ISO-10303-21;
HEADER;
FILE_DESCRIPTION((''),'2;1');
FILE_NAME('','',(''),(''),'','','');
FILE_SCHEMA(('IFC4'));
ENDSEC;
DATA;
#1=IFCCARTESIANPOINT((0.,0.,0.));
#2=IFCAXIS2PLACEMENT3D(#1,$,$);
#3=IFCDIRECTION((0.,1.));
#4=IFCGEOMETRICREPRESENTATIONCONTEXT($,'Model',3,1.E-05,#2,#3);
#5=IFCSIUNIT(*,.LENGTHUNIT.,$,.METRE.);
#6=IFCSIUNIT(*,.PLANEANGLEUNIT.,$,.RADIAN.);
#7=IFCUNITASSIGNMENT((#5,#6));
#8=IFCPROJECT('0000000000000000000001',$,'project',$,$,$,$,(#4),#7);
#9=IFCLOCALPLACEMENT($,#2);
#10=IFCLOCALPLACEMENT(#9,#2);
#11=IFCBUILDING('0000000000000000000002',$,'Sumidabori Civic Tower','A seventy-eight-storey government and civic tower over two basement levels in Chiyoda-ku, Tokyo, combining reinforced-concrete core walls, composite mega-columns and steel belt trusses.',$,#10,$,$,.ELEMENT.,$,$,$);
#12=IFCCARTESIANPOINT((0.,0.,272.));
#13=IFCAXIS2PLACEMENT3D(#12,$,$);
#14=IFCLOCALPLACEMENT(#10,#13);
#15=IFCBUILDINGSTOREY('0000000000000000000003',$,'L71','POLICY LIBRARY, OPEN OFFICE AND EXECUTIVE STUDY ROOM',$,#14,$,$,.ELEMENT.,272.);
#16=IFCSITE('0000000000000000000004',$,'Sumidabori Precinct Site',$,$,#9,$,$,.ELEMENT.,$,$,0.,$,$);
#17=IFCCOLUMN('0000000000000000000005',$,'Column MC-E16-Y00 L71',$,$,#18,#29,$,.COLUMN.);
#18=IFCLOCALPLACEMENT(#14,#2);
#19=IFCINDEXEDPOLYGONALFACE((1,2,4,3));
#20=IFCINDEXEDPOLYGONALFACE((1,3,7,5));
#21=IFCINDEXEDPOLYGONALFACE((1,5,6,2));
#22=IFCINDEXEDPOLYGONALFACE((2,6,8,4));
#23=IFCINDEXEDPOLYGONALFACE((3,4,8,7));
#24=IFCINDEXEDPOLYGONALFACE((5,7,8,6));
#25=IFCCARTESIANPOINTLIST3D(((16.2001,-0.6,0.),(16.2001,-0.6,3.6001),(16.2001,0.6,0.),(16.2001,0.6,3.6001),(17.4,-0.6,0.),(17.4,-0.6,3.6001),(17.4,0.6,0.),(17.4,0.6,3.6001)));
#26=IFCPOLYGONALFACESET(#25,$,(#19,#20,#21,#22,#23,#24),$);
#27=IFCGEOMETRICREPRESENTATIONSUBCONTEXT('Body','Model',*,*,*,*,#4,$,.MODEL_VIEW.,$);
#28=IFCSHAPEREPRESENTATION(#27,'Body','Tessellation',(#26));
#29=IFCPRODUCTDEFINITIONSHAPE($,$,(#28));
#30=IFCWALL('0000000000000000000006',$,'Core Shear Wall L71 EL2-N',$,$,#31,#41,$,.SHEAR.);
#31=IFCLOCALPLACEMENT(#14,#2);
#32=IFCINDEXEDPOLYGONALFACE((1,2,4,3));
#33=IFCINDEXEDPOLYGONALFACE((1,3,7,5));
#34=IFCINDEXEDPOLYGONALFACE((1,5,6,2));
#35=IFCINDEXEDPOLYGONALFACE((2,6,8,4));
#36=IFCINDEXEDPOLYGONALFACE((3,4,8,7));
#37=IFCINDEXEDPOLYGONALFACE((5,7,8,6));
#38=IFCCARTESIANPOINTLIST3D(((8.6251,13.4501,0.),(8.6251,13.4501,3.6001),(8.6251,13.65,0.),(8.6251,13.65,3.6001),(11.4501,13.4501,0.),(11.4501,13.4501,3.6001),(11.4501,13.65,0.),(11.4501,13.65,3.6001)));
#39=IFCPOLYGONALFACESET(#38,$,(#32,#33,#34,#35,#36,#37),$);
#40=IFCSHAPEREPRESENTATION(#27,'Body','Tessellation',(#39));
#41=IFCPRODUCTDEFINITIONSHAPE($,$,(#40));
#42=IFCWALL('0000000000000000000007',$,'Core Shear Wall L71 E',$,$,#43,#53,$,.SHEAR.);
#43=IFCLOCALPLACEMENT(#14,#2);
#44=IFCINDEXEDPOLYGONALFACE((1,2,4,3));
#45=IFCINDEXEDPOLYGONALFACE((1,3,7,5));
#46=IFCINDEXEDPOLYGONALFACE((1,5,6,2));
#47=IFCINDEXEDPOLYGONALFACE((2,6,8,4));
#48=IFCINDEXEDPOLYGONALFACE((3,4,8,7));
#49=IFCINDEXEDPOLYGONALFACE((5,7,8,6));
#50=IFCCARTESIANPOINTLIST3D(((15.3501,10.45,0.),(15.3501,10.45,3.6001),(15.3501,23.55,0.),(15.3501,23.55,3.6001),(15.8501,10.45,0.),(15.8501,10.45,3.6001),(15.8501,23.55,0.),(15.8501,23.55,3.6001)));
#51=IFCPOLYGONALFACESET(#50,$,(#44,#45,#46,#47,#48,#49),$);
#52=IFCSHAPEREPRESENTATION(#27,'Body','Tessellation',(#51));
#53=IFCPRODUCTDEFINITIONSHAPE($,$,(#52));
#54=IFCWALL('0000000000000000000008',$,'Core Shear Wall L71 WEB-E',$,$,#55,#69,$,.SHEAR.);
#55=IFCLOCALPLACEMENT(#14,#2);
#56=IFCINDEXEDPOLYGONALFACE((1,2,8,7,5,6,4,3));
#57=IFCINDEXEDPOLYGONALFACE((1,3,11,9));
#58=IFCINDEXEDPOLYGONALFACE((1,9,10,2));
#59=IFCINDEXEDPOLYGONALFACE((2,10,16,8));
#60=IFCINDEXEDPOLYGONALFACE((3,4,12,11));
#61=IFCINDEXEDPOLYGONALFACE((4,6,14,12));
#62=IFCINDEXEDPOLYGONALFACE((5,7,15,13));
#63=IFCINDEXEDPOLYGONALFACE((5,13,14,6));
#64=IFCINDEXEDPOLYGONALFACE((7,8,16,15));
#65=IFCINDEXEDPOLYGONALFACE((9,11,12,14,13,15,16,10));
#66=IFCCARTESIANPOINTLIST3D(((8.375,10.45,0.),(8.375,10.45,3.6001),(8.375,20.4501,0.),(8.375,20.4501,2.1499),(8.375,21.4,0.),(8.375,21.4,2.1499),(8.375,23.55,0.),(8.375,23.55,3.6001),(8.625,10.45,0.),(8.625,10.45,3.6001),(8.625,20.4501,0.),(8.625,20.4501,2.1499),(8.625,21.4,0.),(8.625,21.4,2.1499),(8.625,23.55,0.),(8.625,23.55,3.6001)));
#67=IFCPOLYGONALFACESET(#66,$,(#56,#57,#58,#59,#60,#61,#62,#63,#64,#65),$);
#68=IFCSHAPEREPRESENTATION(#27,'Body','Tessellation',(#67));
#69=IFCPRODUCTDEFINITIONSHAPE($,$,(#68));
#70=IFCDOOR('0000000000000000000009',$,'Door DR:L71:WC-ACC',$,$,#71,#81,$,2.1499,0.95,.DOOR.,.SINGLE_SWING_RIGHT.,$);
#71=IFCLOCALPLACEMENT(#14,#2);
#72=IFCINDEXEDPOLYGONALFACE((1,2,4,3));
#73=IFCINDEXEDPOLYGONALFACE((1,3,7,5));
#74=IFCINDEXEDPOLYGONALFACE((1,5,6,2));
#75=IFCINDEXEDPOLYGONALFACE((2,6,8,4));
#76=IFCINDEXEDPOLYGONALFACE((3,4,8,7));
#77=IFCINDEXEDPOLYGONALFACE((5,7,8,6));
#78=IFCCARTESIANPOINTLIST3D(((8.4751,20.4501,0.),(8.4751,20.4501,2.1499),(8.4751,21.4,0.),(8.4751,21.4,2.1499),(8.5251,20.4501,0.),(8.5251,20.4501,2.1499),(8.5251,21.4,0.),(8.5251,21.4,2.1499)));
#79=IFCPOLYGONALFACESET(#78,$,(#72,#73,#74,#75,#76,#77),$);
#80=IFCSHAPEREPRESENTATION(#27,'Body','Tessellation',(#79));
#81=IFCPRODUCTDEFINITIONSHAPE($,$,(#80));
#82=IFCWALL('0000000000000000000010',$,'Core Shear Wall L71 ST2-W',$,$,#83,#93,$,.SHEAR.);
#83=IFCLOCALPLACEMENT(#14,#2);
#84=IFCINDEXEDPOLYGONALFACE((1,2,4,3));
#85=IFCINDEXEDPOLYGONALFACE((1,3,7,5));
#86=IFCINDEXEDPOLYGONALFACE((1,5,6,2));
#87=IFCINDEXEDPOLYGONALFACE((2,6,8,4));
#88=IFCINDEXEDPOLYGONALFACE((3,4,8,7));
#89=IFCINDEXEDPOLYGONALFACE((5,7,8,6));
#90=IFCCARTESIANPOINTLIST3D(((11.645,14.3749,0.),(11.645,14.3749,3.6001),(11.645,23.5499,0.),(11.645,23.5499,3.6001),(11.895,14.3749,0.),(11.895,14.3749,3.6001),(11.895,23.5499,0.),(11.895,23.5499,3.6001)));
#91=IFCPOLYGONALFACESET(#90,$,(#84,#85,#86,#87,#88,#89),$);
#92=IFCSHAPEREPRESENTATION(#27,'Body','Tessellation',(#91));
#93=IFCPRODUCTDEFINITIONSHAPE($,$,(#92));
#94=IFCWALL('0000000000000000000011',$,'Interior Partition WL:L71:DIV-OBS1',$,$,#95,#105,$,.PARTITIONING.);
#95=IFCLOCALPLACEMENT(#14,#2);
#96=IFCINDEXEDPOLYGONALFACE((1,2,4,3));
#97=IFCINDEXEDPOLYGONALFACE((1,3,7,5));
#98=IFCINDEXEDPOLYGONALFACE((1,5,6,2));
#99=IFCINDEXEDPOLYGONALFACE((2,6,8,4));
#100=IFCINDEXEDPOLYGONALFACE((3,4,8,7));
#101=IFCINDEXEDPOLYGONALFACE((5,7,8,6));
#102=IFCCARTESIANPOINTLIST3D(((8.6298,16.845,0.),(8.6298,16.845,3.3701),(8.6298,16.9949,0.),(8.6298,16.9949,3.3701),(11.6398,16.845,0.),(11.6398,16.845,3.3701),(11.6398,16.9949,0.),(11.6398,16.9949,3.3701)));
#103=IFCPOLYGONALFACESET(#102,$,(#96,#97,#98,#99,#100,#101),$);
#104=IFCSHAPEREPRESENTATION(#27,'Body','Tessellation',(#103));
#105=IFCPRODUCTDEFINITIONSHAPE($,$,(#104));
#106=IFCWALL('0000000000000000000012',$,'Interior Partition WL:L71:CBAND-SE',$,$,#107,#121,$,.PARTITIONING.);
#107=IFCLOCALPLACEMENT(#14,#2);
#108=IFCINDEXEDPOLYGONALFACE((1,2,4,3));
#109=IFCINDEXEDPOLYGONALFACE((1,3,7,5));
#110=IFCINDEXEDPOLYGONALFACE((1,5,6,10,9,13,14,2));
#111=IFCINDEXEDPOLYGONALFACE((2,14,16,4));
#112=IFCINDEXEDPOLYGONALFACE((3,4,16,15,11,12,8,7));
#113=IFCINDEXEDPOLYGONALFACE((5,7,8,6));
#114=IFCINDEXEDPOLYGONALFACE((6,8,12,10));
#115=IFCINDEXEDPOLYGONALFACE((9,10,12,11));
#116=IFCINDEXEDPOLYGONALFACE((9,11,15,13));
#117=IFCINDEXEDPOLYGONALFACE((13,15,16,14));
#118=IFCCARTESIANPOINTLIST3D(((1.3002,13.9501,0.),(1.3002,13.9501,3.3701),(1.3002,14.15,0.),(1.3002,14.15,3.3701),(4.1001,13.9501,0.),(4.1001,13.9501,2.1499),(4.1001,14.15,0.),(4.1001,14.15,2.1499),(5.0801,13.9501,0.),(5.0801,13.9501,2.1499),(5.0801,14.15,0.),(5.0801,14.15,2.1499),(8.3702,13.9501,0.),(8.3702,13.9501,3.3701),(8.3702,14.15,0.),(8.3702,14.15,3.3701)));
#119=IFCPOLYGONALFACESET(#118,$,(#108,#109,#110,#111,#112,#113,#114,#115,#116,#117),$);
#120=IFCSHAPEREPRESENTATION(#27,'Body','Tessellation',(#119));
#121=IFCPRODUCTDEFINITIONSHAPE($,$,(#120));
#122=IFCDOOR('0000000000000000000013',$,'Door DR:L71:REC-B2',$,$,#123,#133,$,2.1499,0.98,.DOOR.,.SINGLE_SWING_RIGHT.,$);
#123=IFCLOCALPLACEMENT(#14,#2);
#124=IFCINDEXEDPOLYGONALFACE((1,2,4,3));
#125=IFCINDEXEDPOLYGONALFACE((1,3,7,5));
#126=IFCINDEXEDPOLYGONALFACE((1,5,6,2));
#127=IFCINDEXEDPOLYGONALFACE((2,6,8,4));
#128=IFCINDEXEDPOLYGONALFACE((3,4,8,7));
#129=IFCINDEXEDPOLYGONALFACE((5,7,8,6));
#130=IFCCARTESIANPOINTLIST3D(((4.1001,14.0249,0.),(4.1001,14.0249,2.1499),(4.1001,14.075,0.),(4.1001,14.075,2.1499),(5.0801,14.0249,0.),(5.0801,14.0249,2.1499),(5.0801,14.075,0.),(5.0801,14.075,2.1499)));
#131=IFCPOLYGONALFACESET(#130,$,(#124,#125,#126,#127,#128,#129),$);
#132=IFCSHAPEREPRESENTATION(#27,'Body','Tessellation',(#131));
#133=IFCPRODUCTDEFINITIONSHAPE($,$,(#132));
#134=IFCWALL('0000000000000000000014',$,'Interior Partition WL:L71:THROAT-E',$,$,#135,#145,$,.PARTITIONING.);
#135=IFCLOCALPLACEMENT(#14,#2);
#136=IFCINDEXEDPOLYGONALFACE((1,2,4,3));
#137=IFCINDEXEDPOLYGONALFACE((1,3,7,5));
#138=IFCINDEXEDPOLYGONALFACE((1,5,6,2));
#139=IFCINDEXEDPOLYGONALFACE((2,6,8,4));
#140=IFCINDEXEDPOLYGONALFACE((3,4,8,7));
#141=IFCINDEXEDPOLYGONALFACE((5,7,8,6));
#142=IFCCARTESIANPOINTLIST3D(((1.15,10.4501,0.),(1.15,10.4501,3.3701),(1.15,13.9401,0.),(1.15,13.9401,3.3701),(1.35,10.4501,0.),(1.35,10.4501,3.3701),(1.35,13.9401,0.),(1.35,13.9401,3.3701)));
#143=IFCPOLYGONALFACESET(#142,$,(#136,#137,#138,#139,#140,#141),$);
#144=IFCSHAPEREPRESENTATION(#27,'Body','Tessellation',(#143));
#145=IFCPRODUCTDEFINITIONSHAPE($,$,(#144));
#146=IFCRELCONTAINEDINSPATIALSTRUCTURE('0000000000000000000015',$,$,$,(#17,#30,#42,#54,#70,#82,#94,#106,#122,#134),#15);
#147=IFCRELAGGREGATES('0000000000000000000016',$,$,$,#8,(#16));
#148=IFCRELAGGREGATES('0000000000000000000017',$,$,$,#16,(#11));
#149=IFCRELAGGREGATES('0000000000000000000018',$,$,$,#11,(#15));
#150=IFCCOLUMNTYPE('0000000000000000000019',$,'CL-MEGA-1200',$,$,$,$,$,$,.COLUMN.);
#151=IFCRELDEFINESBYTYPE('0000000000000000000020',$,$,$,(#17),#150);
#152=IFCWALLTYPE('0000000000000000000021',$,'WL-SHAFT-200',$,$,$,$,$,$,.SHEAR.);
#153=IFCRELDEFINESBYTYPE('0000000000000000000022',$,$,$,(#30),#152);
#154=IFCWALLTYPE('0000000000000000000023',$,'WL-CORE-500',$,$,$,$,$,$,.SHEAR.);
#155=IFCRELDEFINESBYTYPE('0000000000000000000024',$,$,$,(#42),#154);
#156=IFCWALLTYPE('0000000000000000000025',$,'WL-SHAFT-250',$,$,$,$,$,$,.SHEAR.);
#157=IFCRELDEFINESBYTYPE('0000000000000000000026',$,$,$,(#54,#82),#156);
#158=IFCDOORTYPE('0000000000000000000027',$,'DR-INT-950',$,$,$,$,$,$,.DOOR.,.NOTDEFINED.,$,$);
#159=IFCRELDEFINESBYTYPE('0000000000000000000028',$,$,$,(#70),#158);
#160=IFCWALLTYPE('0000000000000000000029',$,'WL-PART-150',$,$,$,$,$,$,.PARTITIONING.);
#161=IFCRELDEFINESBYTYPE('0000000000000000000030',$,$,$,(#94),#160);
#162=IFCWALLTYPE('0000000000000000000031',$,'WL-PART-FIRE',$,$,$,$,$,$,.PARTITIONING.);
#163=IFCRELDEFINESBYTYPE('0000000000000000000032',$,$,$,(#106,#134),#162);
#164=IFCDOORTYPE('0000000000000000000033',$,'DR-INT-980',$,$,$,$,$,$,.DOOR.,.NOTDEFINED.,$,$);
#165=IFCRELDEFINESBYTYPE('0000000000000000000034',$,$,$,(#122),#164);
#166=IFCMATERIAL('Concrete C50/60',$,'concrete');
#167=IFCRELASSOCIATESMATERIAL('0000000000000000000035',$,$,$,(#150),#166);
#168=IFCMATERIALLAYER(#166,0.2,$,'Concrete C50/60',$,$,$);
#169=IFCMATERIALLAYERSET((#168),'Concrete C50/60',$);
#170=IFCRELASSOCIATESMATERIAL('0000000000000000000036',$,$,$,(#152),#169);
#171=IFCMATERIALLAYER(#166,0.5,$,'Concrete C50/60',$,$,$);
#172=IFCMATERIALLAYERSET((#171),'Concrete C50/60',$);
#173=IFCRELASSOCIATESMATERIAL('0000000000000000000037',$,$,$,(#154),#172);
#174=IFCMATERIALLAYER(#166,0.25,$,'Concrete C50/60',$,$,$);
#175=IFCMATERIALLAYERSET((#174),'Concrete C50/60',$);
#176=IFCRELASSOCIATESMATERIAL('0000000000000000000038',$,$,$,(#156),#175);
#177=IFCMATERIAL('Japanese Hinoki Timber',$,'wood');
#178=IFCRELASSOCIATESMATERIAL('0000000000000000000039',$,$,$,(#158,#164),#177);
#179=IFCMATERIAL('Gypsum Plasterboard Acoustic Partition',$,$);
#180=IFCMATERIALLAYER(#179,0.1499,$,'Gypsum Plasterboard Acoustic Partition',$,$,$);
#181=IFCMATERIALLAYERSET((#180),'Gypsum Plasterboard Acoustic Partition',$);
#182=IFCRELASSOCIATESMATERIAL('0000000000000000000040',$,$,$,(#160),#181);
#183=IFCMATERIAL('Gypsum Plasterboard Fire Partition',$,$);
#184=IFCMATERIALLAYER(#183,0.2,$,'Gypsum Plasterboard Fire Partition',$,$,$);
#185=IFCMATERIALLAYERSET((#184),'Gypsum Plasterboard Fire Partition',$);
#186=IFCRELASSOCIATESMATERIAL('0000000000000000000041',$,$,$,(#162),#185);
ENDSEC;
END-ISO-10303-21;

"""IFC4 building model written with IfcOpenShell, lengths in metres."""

from ifc_helpers import new_model, si_unit, direction, frame, frame_2d, origin, origin_2d, place, context, subcontext, project, spatial, rectangle, extrude, source, transform, mapped, material, layer, layer_set, material_profile, profile_set, type_object, element, fill, save


model = new_model("IFC4")

# Units and contexts
model_context = context("Model", 3, precision=1e-05, world=origin(), true_north=direction((0.0, 1.0)))
body_context = subcontext(model_context, "Body", "Model", "MODEL_VIEW")
ifc_project = project(units=[si_unit("LENGTHUNIT", "METRE"), si_unit("PLANEANGLEUNIT", "RADIAN")], contexts=[model_context])

# Site, building, storey
site_placement = place(None, origin())
site = spatial("IfcSite", under=ifc_project, at=site_placement, Name="Sumidabori Precinct Site", CompositionType="ELEMENT", RefElevation=0.0)
building_placement = place(site_placement, origin())
building = spatial("IfcBuilding", under=site, at=building_placement, Name="Sumidabori Civic Tower", Description="A seventy-eight-storey government and civic tower over two basement levels in Chiyoda-ku, Tokyo, combining reinforced-concrete core walls, composite mega-columns and steel belt trusses.", CompositionType="ELEMENT")
storey_placement = place(building_placement, frame((0.0, 0.0, 272.0)))
storey = spatial("IfcBuildingStorey", under=building, at=storey_placement, Name="L71", Description="POLICY LIBRARY, OPEN OFFICE AND EXECUTIVE STUDY ROOM", CompositionType="ELEMENT", Elevation=272.0)

# Column
ifc_material_1 = material(Name="Concrete C50/60", Category="concrete")
ifc_material_profile = material_profile(ifc_material_1, rectangle(XDim=1.2, YDim=1.2, at=origin_2d()), Name="RC 1200x1200")
ifc_profile_set = profile_set([ifc_material_profile], Name="Concrete C50/60")
column_type = type_object("IfcColumnType", Name="CL-MEGA-1200", PredefinedType="COLUMN", material=ifc_profile_set)
shared_shape_1 = source(origin(), body_context, "Body", "SweptSolid", [
    extrude(rectangle(XDim=1.2, YDim=1.2, at=origin_2d()), origin(), (0.0, 0.0, 1.0), 3.6001),
])
column_placement = place(storey_placement, frame((16.8, 0.0, 0.0), z_axis=(0.0, 0.0, 1.0), x_axis=(1.0, 0.0, 0.0)))
element("IfcColumn", 1, at=column_placement, inside=storey, type_object=column_type, Name="Column MC-E16-Y00 L71", PredefinedType="COLUMN", context=body_context, shape_type="MappedRepresentation", body=[
    mapped(shared_shape_1, transform((0.0, 0.0, 0.0), x_axis=(1.0, 0.0, 0.0), y_axis=(0.0, 1.0, 0.0), z_axis=(0.0, 0.0, 1.0), scale=1.0)),
])

# Walls
ifc_layer_1 = layer(ifc_material_1, 0.2, Name="Concrete C50/60")
ifc_layer_set_1 = layer_set([ifc_layer_1], Name="Concrete C50/60")
wall_type_1 = type_object("IfcWallType", Name="WL-SHAFT-200", PredefinedType="SHEAR", material=ifc_layer_set_1)
shared_shape_2 = source(origin(), body_context, "Body", "SweptSolid", [
    extrude(rectangle(XDim=2.825, YDim=0.2, at=frame_2d((1.4126, 0.0))), origin(), (0.0, 0.0, 1.0), 3.6001),
])
wall_1_placement = place(storey_placement, frame((8.625, 13.55, 0.0), z_axis=(0.0, 0.0, 1.0), x_axis=(1.0, 0.0, 0.0)))
element("IfcWall", 2, at=wall_1_placement, inside=storey, type_object=wall_type_1, Name="Core Shear Wall L71 EL2-N", PredefinedType="SHEAR", context=body_context, shape_type="MappedRepresentation", body=[
    mapped(shared_shape_2, transform((0.0, 0.0, 0.0), x_axis=(1.0, 0.0, 0.0), y_axis=(0.0, 1.0, 0.0), z_axis=(0.0, 0.0, 1.0), scale=1.0)),
])
ifc_layer_2 = layer(ifc_material_1, 0.5, Name="Concrete C50/60")
ifc_layer_set_2 = layer_set([ifc_layer_2], Name="Concrete C50/60")
wall_type_2 = type_object("IfcWallType", Name="WL-CORE-500", PredefinedType="SHEAR", material=ifc_layer_set_2)
shared_shape_3 = source(origin(), body_context, "Body", "SweptSolid", [
    extrude(rectangle(XDim=13.1001, YDim=0.5, at=frame_2d((6.55, 0.0))), origin(), (0.0, 0.0, 1.0), 3.6001),
])
wall_2_placement = place(storey_placement, frame((15.6001, 10.45, 0.0), z_axis=(0.0, 0.0, 1.0), x_axis=(0.0, 1.0, 0.0)))
element("IfcWall", 3, at=wall_2_placement, inside=storey, type_object=wall_type_2, Name="Core Shear Wall L71 E", PredefinedType="SHEAR", context=body_context, shape_type="MappedRepresentation", body=[
    mapped(shared_shape_3, transform((0.0, 0.0, 0.0), x_axis=(1.0, 0.0, 0.0), y_axis=(0.0, 1.0, 0.0), z_axis=(0.0, 0.0, 1.0), scale=1.0)),
])

# Wall, opening, door
ifc_layer_3 = layer(ifc_material_1, 0.25, Name="Concrete C50/60")
ifc_layer_set_3 = layer_set([ifc_layer_3], Name="Concrete C50/60")
wall_type_3 = type_object("IfcWallType", Name="WL-SHAFT-250", PredefinedType="SHEAR", material=ifc_layer_set_3)
shared_shape_4 = source(origin(), body_context, "Body", "SweptSolid", [
    extrude(rectangle(XDim=13.1001, YDim=0.25, at=frame_2d((6.55, 0.0))), origin(), (0.0, 0.0, 1.0), 3.6001),
])
wall_3_placement = place(storey_placement, frame((8.5, 10.45, 0.0), z_axis=(0.0, 0.0, 1.0), x_axis=(0.0, 1.0, 0.0)))
wall_3 = element("IfcWall", 4, at=wall_3_placement, inside=storey, type_object=wall_type_3, Name="Core Shear Wall L71 WEB-E", PredefinedType="SHEAR", context=body_context, shape_type="MappedRepresentation", body=[
    mapped(shared_shape_4, transform((0.0, 0.0, 0.0), x_axis=(1.0, 0.0, 0.0), y_axis=(0.0, 1.0, 0.0), z_axis=(0.0, 0.0, 1.0), scale=1.0)),
])
opening_1_placement = place(wall_3_placement, frame((10.0, 0.0, 0.0)))
opening_1 = element("IfcOpeningElement", 5, at=opening_1_placement, cuts=wall_3, PredefinedType="OPENING", context=body_context, shape_type="SweptSolid", body=[
    extrude(rectangle(XDim=0.95, YDim=2.1499, at=frame_2d((0.4751, 1.075))), frame((0.0, 0.137, 0.0), z_axis=(0.0, -1.0, 0.0), x_axis=(1.0, 0.0, 0.0)), (0.0, 0.0, 1.0), 0.2739),
])
ifc_material_2 = material(Name="Japanese Hinoki Timber", Category="wood")
door_type_1 = type_object("IfcDoorType", Name="DR-INT-950", OperationType="NOTDEFINED", PredefinedType="DOOR", material=ifc_material_2)
shared_shape_5 = source(origin(), body_context, "Body", "SweptSolid", [
    extrude(rectangle(XDim=0.95, YDim=2.1499, at=frame_2d((0.4751, 1.075))), frame((0.0, 0.0249, 0.0), z_axis=(0.0, -1.0, 0.0), x_axis=(1.0, 0.0, 0.0)), (0.0, 0.0, 1.0), 0.05),
])
door_1_placement = place(opening_1_placement, origin())
door_1 = element("IfcDoor", 6, at=door_1_placement, inside=storey, type_object=door_type_1, Name="Door DR:L71:WC-ACC", OperationType="SINGLE_SWING_RIGHT", OverallHeight=2.1499, OverallWidth=0.95, PredefinedType="DOOR", context=body_context, shape_type="MappedRepresentation", body=[
    mapped(shared_shape_5, transform((0.0, 0.0, 0.0), x_axis=(1.0, 0.0, 0.0), y_axis=(0.0, 1.0, 0.0), z_axis=(0.0, 0.0, 1.0), scale=1.0)),
])
fill(opening_1, door_1)

# Wall
shared_shape_6 = source(origin(), body_context, "Body", "SweptSolid", [
    extrude(rectangle(XDim=9.175, YDim=0.25, at=frame_2d((4.5874, 0.0))), origin(), (0.0, 0.0, 1.0), 3.6001),
])
wall_4_placement = place(storey_placement, frame((11.77, 14.375, 0.0), z_axis=(0.0, 0.0, 1.0), x_axis=(0.0, 1.0, 0.0)))
element("IfcWall", 7, at=wall_4_placement, inside=storey, type_object=wall_type_3, Name="Core Shear Wall L71 ST2-W", PredefinedType="SHEAR", context=body_context, shape_type="MappedRepresentation", body=[
    mapped(shared_shape_6, transform((0.0, 0.0, 0.0), x_axis=(1.0, 0.0, 0.0), y_axis=(0.0, 1.0, 0.0), z_axis=(0.0, 0.0, 1.0), scale=1.0)),
])

# Wall
ifc_material_3 = material(Name="Gypsum Plasterboard Acoustic Partition")
ifc_layer_4 = layer(ifc_material_3, 0.1499, Name="Gypsum Plasterboard Acoustic Partition")
ifc_layer_set_4 = layer_set([ifc_layer_4], Name="Gypsum Plasterboard Acoustic Partition")
wall_type_4 = type_object("IfcWallType", Name="WL-PART-150", PredefinedType="PARTITIONING", material=ifc_layer_set_4)
shared_shape_7 = source(origin(), body_context, "Body", "SweptSolid", [
    extrude(rectangle(XDim=3.01, YDim=0.1499, at=frame_2d((1.5049, 0.0))), origin(), (0.0, 0.0, 1.0), 3.3701),
])
wall_5_placement = place(storey_placement, frame((8.6299, 16.9199, 0.0), z_axis=(0.0, 0.0, 1.0), x_axis=(1.0, 0.0, 0.0)))
element("IfcWall", 8, at=wall_5_placement, inside=storey, type_object=wall_type_4, Name="Interior Partition WL:L71:DIV-OBS1", PredefinedType="PARTITIONING", context=body_context, shape_type="MappedRepresentation", body=[
    mapped(shared_shape_7, transform((0.0, 0.0, 0.0), x_axis=(1.0, 0.0, 0.0), y_axis=(0.0, 1.0, 0.0), z_axis=(0.0, 0.0, 1.0), scale=1.0)),
])

# Wall, opening, door
ifc_material_4 = material(Name="Gypsum Plasterboard Fire Partition")
ifc_layer_5 = layer(ifc_material_4, 0.2, Name="Gypsum Plasterboard Fire Partition")
ifc_layer_set_5 = layer_set([ifc_layer_5], Name="Gypsum Plasterboard Fire Partition")
wall_type_5 = type_object("IfcWallType", Name="WL-PART-FIRE", PredefinedType="PARTITIONING", material=ifc_layer_set_5)
shared_shape_8 = source(origin(), body_context, "Body", "SweptSolid", [
    extrude(rectangle(XDim=7.0701, YDim=0.2, at=frame_2d((3.5352, 0.0))), origin(), (0.0, 0.0, 1.0), 3.3701),
])
wall_6_placement = place(storey_placement, frame((1.3, 14.05, 0.0), z_axis=(0.0, 0.0, 1.0), x_axis=(1.0, 0.0, 0.0)))
wall_6 = element("IfcWall", 9, at=wall_6_placement, inside=storey, type_object=wall_type_5, Name="Interior Partition WL:L71:CBAND-SE", PredefinedType="PARTITIONING", context=body_context, shape_type="MappedRepresentation", body=[
    mapped(shared_shape_8, transform((0.0, 0.0, 0.0), x_axis=(1.0, 0.0, 0.0), y_axis=(0.0, 1.0, 0.0), z_axis=(0.0, 0.0, 1.0), scale=1.0)),
])
opening_2_placement = place(wall_6_placement, frame((2.8, 0.0, 0.0)))
opening_2 = element("IfcOpeningElement", 10, at=opening_2_placement, cuts=wall_6, PredefinedType="OPENING", context=body_context, shape_type="SweptSolid", body=[
    extrude(rectangle(XDim=0.98, YDim=2.1499, at=frame_2d((0.49, 1.075))), frame((0.0, 0.1118, 0.0), z_axis=(0.0, -1.0, 0.0), x_axis=(1.0, 0.0, 0.0)), (0.0, 0.0, 1.0), 0.2239),
])
door_type_2 = type_object("IfcDoorType", Name="DR-INT-980", OperationType="NOTDEFINED", PredefinedType="DOOR", material=ifc_material_2)
shared_shape_9 = source(origin(), body_context, "Body", "SweptSolid", [
    extrude(rectangle(XDim=0.98, YDim=2.1499, at=frame_2d((0.49, 1.075))), frame((0.0, 0.0249, 0.0), z_axis=(0.0, -1.0, 0.0), x_axis=(1.0, 0.0, 0.0)), (0.0, 0.0, 1.0), 0.05),
])
door_2_placement = place(opening_2_placement, origin())
door_2 = element("IfcDoor", 11, at=door_2_placement, inside=storey, type_object=door_type_2, Name="Door DR:L71:REC-B2", OperationType="SINGLE_SWING_RIGHT", OverallHeight=2.1499, OverallWidth=0.98, PredefinedType="DOOR", context=body_context, shape_type="MappedRepresentation", body=[
    mapped(shared_shape_9, transform((0.0, 0.0, 0.0), x_axis=(1.0, 0.0, 0.0), y_axis=(0.0, 1.0, 0.0), z_axis=(0.0, 0.0, 1.0), scale=1.0)),
])
fill(opening_2, door_2)

# Wall
shared_shape_10 = source(origin(), body_context, "Body", "SweptSolid", [
    extrude(rectangle(XDim=3.49, YDim=0.2, at=frame_2d((1.7451, 0.0))), origin(), (0.0, 0.0, 1.0), 3.3701),
])
wall_7_placement = place(storey_placement, frame((1.25, 10.45, 0.0), z_axis=(0.0, 0.0, 1.0), x_axis=(0.0, 1.0, 0.0)))
element("IfcWall", 12, at=wall_7_placement, inside=storey, type_object=wall_type_5, Name="Interior Partition WL:L71:THROAT-E", PredefinedType="PARTITIONING", context=body_context, shape_type="MappedRepresentation", body=[
    mapped(shared_shape_10, transform((0.0, 0.0, 0.0), x_axis=(1.0, 0.0, 0.0), y_axis=(0.0, 1.0, 0.0), z_axis=(0.0, 0.0, 1.0), scale=1.0)),
])

save(model, "model.ifc")
